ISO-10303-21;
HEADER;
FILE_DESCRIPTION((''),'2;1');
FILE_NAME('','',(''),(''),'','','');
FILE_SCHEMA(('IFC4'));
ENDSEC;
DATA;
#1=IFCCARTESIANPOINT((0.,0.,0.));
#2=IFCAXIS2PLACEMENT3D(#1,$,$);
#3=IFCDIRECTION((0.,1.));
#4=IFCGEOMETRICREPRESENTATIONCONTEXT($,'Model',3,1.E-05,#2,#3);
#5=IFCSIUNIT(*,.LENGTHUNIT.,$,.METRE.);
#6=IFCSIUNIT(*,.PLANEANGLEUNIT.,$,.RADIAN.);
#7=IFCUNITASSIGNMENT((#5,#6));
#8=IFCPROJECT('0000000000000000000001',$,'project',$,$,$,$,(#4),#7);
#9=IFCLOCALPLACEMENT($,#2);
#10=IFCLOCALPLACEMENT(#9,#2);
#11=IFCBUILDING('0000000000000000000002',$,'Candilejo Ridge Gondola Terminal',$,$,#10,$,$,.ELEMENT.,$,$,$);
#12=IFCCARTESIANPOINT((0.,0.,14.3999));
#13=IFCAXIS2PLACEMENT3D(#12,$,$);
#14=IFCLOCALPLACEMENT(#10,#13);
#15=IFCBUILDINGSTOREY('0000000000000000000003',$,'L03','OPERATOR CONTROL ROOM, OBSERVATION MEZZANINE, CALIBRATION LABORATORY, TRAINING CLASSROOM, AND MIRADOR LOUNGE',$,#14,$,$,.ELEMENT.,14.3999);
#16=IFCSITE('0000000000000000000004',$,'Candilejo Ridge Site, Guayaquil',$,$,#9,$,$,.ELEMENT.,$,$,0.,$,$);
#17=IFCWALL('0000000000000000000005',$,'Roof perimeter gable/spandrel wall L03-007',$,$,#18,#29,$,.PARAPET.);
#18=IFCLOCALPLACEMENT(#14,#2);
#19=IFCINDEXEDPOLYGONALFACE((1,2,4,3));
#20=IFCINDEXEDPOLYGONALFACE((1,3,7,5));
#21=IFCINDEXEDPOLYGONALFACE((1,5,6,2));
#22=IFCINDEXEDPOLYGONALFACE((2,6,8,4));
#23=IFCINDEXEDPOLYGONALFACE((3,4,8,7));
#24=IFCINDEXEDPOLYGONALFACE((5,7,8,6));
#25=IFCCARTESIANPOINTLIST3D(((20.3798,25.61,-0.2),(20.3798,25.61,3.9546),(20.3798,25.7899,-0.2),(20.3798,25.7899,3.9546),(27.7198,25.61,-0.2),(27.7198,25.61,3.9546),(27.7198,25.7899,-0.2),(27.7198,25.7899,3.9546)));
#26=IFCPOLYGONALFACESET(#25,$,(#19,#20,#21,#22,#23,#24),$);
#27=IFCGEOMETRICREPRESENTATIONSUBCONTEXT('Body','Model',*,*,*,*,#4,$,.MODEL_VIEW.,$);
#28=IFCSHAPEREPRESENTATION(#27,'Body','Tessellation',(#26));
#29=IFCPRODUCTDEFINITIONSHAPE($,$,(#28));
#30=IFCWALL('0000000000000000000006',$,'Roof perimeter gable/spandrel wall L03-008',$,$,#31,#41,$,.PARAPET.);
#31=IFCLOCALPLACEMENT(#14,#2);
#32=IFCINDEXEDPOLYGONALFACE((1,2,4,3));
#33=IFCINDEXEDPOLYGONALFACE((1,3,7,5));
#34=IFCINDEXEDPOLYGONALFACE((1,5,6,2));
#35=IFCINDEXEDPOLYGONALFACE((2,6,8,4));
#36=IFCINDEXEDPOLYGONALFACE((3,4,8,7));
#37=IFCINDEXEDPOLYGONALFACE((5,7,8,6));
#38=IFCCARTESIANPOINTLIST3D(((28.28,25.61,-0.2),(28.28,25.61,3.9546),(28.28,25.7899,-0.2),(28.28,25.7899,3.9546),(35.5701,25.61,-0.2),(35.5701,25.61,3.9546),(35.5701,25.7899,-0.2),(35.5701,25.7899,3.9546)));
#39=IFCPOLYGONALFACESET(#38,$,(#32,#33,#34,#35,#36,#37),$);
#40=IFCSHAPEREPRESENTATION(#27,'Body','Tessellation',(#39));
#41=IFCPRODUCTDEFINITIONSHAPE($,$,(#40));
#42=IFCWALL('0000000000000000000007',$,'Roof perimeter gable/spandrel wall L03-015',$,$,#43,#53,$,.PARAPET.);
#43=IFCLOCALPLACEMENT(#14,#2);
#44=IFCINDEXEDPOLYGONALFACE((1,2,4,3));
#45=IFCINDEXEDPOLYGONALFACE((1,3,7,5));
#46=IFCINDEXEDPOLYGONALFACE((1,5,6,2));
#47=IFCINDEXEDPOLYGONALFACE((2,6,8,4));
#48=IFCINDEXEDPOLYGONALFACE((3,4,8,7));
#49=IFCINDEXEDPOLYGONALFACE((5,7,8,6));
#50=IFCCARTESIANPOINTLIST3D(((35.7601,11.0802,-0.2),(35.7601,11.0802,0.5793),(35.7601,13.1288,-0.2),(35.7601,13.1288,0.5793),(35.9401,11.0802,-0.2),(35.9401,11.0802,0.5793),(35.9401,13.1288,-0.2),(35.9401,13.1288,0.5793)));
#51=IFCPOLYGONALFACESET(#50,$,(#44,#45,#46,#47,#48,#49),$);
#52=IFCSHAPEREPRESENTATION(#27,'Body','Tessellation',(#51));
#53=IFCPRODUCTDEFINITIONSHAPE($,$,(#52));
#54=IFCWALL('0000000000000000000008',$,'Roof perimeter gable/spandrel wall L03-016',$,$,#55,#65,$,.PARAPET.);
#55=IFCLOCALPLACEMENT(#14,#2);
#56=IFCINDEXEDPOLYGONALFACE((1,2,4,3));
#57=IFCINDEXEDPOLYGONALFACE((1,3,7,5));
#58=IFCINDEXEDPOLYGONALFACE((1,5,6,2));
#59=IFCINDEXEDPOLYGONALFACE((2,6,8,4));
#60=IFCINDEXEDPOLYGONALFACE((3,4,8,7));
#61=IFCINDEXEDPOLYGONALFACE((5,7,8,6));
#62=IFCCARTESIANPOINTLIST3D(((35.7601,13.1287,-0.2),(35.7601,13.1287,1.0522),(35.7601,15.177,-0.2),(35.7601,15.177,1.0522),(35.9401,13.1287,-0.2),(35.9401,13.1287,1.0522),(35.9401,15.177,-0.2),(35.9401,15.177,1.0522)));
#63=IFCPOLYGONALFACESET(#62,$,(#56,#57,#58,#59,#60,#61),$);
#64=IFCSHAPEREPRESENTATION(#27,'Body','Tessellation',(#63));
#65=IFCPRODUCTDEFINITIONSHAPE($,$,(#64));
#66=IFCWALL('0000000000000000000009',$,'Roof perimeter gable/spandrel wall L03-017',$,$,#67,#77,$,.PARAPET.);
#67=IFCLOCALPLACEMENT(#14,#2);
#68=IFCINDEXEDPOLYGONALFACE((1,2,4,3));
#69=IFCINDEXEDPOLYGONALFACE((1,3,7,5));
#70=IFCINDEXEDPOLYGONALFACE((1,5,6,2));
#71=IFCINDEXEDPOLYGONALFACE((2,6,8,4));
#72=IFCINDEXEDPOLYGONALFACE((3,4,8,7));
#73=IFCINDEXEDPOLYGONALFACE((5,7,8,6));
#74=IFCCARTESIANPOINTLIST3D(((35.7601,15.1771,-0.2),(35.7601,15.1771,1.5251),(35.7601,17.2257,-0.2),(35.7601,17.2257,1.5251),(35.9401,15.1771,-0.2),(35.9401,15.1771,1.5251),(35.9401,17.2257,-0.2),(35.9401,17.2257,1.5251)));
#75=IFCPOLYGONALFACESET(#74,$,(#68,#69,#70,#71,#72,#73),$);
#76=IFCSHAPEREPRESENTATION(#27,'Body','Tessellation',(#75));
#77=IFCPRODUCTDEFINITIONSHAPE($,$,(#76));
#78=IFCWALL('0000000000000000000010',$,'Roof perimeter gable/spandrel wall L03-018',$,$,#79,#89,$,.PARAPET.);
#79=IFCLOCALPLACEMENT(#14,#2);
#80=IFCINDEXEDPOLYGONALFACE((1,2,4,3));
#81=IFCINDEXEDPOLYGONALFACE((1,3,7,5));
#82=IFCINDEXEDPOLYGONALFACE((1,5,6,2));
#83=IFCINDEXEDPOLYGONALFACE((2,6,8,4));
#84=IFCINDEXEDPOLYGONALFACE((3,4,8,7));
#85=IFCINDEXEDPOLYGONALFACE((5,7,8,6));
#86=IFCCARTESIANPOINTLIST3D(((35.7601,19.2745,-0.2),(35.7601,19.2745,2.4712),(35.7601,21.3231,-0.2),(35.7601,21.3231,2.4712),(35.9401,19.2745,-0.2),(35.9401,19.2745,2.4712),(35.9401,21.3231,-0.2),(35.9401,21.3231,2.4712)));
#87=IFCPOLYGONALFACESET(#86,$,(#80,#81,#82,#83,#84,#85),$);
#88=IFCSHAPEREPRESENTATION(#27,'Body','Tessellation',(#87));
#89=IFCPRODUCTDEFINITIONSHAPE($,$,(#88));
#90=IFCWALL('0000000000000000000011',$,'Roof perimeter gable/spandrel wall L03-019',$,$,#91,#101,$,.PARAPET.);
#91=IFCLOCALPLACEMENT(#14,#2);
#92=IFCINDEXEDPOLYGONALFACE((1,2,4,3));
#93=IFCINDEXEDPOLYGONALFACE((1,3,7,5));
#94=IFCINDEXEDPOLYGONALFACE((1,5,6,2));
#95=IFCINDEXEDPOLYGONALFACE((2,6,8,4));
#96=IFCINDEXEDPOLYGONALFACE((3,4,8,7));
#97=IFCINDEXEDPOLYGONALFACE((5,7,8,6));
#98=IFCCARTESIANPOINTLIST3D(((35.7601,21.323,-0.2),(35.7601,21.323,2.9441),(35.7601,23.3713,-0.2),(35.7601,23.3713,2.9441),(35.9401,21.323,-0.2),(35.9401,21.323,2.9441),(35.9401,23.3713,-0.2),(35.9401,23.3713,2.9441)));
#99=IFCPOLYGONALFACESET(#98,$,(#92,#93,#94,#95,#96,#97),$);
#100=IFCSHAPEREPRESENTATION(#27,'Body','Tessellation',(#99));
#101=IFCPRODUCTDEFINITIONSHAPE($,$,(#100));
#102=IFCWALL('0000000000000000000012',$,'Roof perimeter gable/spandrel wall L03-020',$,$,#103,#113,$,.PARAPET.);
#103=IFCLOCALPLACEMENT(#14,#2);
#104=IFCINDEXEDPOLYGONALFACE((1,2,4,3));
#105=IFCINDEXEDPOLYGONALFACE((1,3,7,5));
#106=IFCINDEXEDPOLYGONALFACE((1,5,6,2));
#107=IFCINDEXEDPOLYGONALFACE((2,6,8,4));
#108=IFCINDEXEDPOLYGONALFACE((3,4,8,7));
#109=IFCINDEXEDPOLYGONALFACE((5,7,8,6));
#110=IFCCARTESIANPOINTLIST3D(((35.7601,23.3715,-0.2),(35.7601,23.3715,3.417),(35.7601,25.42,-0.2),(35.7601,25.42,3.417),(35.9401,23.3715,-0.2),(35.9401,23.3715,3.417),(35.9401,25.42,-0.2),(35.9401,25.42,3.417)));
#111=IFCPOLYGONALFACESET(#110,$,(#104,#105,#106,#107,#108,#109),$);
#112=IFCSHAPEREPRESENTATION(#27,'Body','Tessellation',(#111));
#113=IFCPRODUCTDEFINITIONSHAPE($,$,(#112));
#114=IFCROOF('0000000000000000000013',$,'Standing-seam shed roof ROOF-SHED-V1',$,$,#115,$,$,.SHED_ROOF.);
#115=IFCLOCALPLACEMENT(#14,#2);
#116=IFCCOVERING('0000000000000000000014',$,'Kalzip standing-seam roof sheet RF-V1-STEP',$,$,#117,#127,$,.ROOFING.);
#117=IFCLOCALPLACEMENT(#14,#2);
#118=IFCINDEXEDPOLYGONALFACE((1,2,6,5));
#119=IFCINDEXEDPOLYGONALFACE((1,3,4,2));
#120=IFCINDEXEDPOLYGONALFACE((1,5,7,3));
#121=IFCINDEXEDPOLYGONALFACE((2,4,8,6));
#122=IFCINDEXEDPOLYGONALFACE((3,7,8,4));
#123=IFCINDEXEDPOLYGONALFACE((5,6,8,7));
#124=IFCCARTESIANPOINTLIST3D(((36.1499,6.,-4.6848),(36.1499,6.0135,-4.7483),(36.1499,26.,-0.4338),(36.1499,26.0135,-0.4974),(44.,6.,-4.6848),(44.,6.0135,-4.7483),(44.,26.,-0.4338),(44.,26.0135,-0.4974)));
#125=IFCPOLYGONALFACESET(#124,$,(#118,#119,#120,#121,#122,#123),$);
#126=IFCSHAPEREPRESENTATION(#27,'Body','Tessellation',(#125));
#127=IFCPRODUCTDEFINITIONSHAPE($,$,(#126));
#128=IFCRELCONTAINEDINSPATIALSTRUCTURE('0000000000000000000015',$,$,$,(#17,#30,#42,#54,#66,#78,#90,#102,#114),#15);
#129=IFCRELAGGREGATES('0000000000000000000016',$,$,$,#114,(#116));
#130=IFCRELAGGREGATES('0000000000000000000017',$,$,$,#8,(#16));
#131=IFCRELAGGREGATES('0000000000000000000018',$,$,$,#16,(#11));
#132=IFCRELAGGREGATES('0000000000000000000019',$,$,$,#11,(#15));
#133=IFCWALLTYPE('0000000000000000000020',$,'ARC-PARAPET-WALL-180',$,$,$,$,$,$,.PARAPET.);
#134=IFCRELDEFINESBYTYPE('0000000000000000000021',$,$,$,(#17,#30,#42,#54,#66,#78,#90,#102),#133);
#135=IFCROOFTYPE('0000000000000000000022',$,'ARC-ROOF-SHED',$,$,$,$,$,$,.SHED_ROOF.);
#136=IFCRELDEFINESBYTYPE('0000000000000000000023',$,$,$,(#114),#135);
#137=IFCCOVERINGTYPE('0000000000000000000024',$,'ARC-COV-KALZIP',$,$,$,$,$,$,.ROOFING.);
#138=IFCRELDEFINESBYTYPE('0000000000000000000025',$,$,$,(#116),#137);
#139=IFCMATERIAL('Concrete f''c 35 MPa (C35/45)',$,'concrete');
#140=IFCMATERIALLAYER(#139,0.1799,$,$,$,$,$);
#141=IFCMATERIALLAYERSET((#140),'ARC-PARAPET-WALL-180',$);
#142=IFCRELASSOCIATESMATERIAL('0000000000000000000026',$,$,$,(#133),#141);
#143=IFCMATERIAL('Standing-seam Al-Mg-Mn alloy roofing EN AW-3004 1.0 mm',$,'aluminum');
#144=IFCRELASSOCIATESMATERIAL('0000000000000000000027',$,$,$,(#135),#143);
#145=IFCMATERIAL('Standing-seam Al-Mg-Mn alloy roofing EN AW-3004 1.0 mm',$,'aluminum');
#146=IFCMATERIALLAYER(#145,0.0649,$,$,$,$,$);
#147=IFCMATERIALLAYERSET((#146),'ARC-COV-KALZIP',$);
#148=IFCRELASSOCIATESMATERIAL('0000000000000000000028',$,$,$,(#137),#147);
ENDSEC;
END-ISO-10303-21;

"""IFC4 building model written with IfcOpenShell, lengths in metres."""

from ifc_helpers import new_model, si_unit, direction, frame, frame_2d, origin, place, context, subcontext, project, spatial, polyline, rectangle, outline, extrude, material, layer, layer_set, type_object, element, aggregate, save


model = new_model("IFC4")

# Units and contexts
model_context = context("Model", 3, precision=1e-05, world=origin(), true_north=direction((0.0, 1.0)))
body_context = subcontext(model_context, "Body", "Model", "MODEL_VIEW")
ifc_project = project(units=[si_unit("LENGTHUNIT", "METRE"), si_unit("PLANEANGLEUNIT", "RADIAN")], contexts=[model_context])

# Site, building, storey
site_placement = place(None, origin())
site = spatial("IfcSite", under=ifc_project, at=site_placement, Name="Candilejo Ridge Site, Guayaquil", CompositionType="ELEMENT", RefElevation=0.0)
building_placement = place(site_placement, origin())
building = spatial("IfcBuilding", under=site, at=building_placement, Name="Candilejo Ridge Gondola Terminal", CompositionType="ELEMENT")
storey_placement = place(building_placement, frame((0.0, 0.0, 14.3999)))
storey = spatial("IfcBuildingStorey", under=building, at=storey_placement, Name="L03", Description="OPERATOR CONTROL ROOM, OBSERVATION MEZZANINE, CALIBRATION LABORATORY, TRAINING CLASSROOM, AND MIRADOR LOUNGE", CompositionType="ELEMENT", Elevation=14.3999)

# Walls
ifc_material_1 = material(Name="Concrete f'c 35 MPa (C35/45)", Category="concrete")
ifc_layer_1 = layer(ifc_material_1, 0.1799)
ifc_layer_set_1 = layer_set([ifc_layer_1], Name="ARC-PARAPET-WALL-180")
wall_type = type_object("IfcWallType", Name="ARC-PARAPET-WALL-180", PredefinedType="PARAPET", material=ifc_layer_set_1)
wall_1_placement = place(storey_placement, frame((20.3799, 25.7, -0.2), z_axis=(0.0, 0.0, 1.0), x_axis=(1.0, 0.0, 0.0)))
element("IfcWall", 1, at=wall_1_placement, inside=storey, type_object=wall_type, Name="Roof perimeter gable/spandrel wall L03-007", PredefinedType="PARAPET", context=body_context, shape_type="SweptSolid", body=[
    extrude(rectangle(XDim=7.3401, YDim=0.1799, at=frame_2d((3.6699, 0.0))), origin(), (0.0, 0.0, 1.0), 4.1545),
])
wall_2_placement = place(storey_placement, frame((28.28, 25.7, -0.2), z_axis=(0.0, 0.0, 1.0), x_axis=(1.0, 0.0, 0.0)))
element("IfcWall", 2, at=wall_2_placement, inside=storey, type_object=wall_type, Name="Roof perimeter gable/spandrel wall L03-008", PredefinedType="PARAPET", context=body_context, shape_type="SweptSolid", body=[
    extrude(rectangle(XDim=7.29, YDim=0.1799, at=frame_2d((3.645, 0.0))), origin(), (0.0, 0.0, 1.0), 4.1545),
])
wall_3_placement = place(storey_placement, frame((35.8501, 11.0801, -0.2), z_axis=(0.0, 0.0, 1.0), x_axis=(0.0, 1.0, 0.0)))
element("IfcWall", 3, at=wall_3_placement, inside=storey, type_object=wall_type, Name="Roof perimeter gable/spandrel wall L03-015", PredefinedType="PARAPET", context=body_context, shape_type="SweptSolid", body=[
    extrude(rectangle(XDim=2.0486, YDim=0.1799, at=frame_2d((1.0244, 0.0))), origin(), (0.0, 0.0, 1.0), 0.7793),
])
wall_4_placement = place(storey_placement, frame((35.8501, 13.1287, -0.2), z_axis=(0.0, 0.0, 1.0), x_axis=(0.0, 1.0, 0.0)))
element("IfcWall", 4, at=wall_4_placement, inside=storey, type_object=wall_type, Name="Roof perimeter gable/spandrel wall L03-016", PredefinedType="PARAPET", context=body_context, shape_type="SweptSolid", body=[
    extrude(rectangle(XDim=2.0483, YDim=0.1799, at=frame_2d((1.0242, 0.0))), origin(), (0.0, 0.0, 1.0), 1.2522),
])
wall_5_placement = place(storey_placement, frame((35.8501, 15.177, -0.2), z_axis=(0.0, 0.0, 1.0), x_axis=(0.0, 1.0, 0.0)))
element("IfcWall", 5, at=wall_5_placement, inside=storey, type_object=wall_type, Name="Roof perimeter gable/spandrel wall L03-017", PredefinedType="PARAPET", context=body_context, shape_type="SweptSolid", body=[
    extrude(rectangle(XDim=2.0486, YDim=0.1799, at=frame_2d((1.0244, 0.0))), origin(), (0.0, 0.0, 1.0), 1.7251),
])
wall_6_placement = place(storey_placement, frame((35.8501, 19.2744, -0.2), z_axis=(0.0, 0.0, 1.0), x_axis=(0.0, 1.0, 0.0)))
element("IfcWall", 6, at=wall_6_placement, inside=storey, type_object=wall_type, Name="Roof perimeter gable/spandrel wall L03-018", PredefinedType="PARAPET", context=body_context, shape_type="SweptSolid", body=[
    extrude(rectangle(XDim=2.0486, YDim=0.1799, at=frame_2d((1.0244, 0.0))), origin(), (0.0, 0.0, 1.0), 2.6711),
])
wall_7_placement = place(storey_placement, frame((35.8501, 21.323, -0.2), z_axis=(0.0, 0.0, 1.0), x_axis=(0.0, 1.0, 0.0)))
element("IfcWall", 7, at=wall_7_placement, inside=storey, type_object=wall_type, Name="Roof perimeter gable/spandrel wall L03-019", PredefinedType="PARAPET", context=body_context, shape_type="SweptSolid", body=[
    extrude(rectangle(XDim=2.0483, YDim=0.1799, at=frame_2d((1.0242, 0.0))), origin(), (0.0, 0.0, 1.0), 3.144),
])
wall_8_placement = place(storey_placement, frame((35.8501, 23.3713, -0.2), z_axis=(0.0, 0.0, 1.0), x_axis=(0.0, 1.0, 0.0)))
element("IfcWall", 8, at=wall_8_placement, inside=storey, type_object=wall_type, Name="Roof perimeter gable/spandrel wall L03-020", PredefinedType="PARAPET", context=body_context, shape_type="SweptSolid", body=[
    extrude(rectangle(XDim=2.0486, YDim=0.1799, at=frame_2d((1.0244, 0.0))), origin(), (0.0, 0.0, 1.0), 3.6169),
])

# Roof, covering
ifc_material_2 = material(Name="Standing-seam Al-Mg-Mn alloy roofing EN AW-3004 1.0 mm", Category="aluminum")
roof_type = type_object("IfcRoofType", Name="ARC-ROOF-SHED", PredefinedType="SHED_ROOF", material=ifc_material_2)
roof_placement = place(storey_placement, origin())
roof = element("IfcRoof", 9, at=roof_placement, inside=storey, type_object=roof_type, Name="Standing-seam shed roof ROOF-SHED-V1", PredefinedType="SHED_ROOF")
ifc_material_3 = material(Name="Standing-seam Al-Mg-Mn alloy roofing EN AW-3004 1.0 mm", Category="aluminum")
ifc_layer_2 = layer(ifc_material_3, 0.0649)
ifc_layer_set_2 = layer_set([ifc_layer_2], Name="ARC-COV-KALZIP")
covering_type = type_object("IfcCoveringType", Name="ARC-COV-KALZIP", PredefinedType="ROOFING", material=ifc_layer_set_2)
placement = place(building_placement, frame((0.0, 0.0, 9.0)))
covering_placement = place(placement, frame((36.1499, 6.0, 0.7151), z_axis=(0.0, -0.207904, 0.978149), x_axis=(1.0, 0.0, 0.0)))
covering = element("IfcCovering", 10, at=covering_placement, type_object=covering_type, Name="Kalzip standing-seam roof sheet RF-V1-STEP", PredefinedType="ROOFING", context=body_context, shape_type="SweptSolid", body=[
    extrude(outline(polyline([(0.0, 0.0), (7.8501, 0.0), (7.8501, 20.4468), (0.0, 20.4468), (0.0, 0.0)])), origin(), (0.0, 0.0, -1.0), 0.0649),
])
aggregate(roof, [covering])

save(model, "model.ifc")
